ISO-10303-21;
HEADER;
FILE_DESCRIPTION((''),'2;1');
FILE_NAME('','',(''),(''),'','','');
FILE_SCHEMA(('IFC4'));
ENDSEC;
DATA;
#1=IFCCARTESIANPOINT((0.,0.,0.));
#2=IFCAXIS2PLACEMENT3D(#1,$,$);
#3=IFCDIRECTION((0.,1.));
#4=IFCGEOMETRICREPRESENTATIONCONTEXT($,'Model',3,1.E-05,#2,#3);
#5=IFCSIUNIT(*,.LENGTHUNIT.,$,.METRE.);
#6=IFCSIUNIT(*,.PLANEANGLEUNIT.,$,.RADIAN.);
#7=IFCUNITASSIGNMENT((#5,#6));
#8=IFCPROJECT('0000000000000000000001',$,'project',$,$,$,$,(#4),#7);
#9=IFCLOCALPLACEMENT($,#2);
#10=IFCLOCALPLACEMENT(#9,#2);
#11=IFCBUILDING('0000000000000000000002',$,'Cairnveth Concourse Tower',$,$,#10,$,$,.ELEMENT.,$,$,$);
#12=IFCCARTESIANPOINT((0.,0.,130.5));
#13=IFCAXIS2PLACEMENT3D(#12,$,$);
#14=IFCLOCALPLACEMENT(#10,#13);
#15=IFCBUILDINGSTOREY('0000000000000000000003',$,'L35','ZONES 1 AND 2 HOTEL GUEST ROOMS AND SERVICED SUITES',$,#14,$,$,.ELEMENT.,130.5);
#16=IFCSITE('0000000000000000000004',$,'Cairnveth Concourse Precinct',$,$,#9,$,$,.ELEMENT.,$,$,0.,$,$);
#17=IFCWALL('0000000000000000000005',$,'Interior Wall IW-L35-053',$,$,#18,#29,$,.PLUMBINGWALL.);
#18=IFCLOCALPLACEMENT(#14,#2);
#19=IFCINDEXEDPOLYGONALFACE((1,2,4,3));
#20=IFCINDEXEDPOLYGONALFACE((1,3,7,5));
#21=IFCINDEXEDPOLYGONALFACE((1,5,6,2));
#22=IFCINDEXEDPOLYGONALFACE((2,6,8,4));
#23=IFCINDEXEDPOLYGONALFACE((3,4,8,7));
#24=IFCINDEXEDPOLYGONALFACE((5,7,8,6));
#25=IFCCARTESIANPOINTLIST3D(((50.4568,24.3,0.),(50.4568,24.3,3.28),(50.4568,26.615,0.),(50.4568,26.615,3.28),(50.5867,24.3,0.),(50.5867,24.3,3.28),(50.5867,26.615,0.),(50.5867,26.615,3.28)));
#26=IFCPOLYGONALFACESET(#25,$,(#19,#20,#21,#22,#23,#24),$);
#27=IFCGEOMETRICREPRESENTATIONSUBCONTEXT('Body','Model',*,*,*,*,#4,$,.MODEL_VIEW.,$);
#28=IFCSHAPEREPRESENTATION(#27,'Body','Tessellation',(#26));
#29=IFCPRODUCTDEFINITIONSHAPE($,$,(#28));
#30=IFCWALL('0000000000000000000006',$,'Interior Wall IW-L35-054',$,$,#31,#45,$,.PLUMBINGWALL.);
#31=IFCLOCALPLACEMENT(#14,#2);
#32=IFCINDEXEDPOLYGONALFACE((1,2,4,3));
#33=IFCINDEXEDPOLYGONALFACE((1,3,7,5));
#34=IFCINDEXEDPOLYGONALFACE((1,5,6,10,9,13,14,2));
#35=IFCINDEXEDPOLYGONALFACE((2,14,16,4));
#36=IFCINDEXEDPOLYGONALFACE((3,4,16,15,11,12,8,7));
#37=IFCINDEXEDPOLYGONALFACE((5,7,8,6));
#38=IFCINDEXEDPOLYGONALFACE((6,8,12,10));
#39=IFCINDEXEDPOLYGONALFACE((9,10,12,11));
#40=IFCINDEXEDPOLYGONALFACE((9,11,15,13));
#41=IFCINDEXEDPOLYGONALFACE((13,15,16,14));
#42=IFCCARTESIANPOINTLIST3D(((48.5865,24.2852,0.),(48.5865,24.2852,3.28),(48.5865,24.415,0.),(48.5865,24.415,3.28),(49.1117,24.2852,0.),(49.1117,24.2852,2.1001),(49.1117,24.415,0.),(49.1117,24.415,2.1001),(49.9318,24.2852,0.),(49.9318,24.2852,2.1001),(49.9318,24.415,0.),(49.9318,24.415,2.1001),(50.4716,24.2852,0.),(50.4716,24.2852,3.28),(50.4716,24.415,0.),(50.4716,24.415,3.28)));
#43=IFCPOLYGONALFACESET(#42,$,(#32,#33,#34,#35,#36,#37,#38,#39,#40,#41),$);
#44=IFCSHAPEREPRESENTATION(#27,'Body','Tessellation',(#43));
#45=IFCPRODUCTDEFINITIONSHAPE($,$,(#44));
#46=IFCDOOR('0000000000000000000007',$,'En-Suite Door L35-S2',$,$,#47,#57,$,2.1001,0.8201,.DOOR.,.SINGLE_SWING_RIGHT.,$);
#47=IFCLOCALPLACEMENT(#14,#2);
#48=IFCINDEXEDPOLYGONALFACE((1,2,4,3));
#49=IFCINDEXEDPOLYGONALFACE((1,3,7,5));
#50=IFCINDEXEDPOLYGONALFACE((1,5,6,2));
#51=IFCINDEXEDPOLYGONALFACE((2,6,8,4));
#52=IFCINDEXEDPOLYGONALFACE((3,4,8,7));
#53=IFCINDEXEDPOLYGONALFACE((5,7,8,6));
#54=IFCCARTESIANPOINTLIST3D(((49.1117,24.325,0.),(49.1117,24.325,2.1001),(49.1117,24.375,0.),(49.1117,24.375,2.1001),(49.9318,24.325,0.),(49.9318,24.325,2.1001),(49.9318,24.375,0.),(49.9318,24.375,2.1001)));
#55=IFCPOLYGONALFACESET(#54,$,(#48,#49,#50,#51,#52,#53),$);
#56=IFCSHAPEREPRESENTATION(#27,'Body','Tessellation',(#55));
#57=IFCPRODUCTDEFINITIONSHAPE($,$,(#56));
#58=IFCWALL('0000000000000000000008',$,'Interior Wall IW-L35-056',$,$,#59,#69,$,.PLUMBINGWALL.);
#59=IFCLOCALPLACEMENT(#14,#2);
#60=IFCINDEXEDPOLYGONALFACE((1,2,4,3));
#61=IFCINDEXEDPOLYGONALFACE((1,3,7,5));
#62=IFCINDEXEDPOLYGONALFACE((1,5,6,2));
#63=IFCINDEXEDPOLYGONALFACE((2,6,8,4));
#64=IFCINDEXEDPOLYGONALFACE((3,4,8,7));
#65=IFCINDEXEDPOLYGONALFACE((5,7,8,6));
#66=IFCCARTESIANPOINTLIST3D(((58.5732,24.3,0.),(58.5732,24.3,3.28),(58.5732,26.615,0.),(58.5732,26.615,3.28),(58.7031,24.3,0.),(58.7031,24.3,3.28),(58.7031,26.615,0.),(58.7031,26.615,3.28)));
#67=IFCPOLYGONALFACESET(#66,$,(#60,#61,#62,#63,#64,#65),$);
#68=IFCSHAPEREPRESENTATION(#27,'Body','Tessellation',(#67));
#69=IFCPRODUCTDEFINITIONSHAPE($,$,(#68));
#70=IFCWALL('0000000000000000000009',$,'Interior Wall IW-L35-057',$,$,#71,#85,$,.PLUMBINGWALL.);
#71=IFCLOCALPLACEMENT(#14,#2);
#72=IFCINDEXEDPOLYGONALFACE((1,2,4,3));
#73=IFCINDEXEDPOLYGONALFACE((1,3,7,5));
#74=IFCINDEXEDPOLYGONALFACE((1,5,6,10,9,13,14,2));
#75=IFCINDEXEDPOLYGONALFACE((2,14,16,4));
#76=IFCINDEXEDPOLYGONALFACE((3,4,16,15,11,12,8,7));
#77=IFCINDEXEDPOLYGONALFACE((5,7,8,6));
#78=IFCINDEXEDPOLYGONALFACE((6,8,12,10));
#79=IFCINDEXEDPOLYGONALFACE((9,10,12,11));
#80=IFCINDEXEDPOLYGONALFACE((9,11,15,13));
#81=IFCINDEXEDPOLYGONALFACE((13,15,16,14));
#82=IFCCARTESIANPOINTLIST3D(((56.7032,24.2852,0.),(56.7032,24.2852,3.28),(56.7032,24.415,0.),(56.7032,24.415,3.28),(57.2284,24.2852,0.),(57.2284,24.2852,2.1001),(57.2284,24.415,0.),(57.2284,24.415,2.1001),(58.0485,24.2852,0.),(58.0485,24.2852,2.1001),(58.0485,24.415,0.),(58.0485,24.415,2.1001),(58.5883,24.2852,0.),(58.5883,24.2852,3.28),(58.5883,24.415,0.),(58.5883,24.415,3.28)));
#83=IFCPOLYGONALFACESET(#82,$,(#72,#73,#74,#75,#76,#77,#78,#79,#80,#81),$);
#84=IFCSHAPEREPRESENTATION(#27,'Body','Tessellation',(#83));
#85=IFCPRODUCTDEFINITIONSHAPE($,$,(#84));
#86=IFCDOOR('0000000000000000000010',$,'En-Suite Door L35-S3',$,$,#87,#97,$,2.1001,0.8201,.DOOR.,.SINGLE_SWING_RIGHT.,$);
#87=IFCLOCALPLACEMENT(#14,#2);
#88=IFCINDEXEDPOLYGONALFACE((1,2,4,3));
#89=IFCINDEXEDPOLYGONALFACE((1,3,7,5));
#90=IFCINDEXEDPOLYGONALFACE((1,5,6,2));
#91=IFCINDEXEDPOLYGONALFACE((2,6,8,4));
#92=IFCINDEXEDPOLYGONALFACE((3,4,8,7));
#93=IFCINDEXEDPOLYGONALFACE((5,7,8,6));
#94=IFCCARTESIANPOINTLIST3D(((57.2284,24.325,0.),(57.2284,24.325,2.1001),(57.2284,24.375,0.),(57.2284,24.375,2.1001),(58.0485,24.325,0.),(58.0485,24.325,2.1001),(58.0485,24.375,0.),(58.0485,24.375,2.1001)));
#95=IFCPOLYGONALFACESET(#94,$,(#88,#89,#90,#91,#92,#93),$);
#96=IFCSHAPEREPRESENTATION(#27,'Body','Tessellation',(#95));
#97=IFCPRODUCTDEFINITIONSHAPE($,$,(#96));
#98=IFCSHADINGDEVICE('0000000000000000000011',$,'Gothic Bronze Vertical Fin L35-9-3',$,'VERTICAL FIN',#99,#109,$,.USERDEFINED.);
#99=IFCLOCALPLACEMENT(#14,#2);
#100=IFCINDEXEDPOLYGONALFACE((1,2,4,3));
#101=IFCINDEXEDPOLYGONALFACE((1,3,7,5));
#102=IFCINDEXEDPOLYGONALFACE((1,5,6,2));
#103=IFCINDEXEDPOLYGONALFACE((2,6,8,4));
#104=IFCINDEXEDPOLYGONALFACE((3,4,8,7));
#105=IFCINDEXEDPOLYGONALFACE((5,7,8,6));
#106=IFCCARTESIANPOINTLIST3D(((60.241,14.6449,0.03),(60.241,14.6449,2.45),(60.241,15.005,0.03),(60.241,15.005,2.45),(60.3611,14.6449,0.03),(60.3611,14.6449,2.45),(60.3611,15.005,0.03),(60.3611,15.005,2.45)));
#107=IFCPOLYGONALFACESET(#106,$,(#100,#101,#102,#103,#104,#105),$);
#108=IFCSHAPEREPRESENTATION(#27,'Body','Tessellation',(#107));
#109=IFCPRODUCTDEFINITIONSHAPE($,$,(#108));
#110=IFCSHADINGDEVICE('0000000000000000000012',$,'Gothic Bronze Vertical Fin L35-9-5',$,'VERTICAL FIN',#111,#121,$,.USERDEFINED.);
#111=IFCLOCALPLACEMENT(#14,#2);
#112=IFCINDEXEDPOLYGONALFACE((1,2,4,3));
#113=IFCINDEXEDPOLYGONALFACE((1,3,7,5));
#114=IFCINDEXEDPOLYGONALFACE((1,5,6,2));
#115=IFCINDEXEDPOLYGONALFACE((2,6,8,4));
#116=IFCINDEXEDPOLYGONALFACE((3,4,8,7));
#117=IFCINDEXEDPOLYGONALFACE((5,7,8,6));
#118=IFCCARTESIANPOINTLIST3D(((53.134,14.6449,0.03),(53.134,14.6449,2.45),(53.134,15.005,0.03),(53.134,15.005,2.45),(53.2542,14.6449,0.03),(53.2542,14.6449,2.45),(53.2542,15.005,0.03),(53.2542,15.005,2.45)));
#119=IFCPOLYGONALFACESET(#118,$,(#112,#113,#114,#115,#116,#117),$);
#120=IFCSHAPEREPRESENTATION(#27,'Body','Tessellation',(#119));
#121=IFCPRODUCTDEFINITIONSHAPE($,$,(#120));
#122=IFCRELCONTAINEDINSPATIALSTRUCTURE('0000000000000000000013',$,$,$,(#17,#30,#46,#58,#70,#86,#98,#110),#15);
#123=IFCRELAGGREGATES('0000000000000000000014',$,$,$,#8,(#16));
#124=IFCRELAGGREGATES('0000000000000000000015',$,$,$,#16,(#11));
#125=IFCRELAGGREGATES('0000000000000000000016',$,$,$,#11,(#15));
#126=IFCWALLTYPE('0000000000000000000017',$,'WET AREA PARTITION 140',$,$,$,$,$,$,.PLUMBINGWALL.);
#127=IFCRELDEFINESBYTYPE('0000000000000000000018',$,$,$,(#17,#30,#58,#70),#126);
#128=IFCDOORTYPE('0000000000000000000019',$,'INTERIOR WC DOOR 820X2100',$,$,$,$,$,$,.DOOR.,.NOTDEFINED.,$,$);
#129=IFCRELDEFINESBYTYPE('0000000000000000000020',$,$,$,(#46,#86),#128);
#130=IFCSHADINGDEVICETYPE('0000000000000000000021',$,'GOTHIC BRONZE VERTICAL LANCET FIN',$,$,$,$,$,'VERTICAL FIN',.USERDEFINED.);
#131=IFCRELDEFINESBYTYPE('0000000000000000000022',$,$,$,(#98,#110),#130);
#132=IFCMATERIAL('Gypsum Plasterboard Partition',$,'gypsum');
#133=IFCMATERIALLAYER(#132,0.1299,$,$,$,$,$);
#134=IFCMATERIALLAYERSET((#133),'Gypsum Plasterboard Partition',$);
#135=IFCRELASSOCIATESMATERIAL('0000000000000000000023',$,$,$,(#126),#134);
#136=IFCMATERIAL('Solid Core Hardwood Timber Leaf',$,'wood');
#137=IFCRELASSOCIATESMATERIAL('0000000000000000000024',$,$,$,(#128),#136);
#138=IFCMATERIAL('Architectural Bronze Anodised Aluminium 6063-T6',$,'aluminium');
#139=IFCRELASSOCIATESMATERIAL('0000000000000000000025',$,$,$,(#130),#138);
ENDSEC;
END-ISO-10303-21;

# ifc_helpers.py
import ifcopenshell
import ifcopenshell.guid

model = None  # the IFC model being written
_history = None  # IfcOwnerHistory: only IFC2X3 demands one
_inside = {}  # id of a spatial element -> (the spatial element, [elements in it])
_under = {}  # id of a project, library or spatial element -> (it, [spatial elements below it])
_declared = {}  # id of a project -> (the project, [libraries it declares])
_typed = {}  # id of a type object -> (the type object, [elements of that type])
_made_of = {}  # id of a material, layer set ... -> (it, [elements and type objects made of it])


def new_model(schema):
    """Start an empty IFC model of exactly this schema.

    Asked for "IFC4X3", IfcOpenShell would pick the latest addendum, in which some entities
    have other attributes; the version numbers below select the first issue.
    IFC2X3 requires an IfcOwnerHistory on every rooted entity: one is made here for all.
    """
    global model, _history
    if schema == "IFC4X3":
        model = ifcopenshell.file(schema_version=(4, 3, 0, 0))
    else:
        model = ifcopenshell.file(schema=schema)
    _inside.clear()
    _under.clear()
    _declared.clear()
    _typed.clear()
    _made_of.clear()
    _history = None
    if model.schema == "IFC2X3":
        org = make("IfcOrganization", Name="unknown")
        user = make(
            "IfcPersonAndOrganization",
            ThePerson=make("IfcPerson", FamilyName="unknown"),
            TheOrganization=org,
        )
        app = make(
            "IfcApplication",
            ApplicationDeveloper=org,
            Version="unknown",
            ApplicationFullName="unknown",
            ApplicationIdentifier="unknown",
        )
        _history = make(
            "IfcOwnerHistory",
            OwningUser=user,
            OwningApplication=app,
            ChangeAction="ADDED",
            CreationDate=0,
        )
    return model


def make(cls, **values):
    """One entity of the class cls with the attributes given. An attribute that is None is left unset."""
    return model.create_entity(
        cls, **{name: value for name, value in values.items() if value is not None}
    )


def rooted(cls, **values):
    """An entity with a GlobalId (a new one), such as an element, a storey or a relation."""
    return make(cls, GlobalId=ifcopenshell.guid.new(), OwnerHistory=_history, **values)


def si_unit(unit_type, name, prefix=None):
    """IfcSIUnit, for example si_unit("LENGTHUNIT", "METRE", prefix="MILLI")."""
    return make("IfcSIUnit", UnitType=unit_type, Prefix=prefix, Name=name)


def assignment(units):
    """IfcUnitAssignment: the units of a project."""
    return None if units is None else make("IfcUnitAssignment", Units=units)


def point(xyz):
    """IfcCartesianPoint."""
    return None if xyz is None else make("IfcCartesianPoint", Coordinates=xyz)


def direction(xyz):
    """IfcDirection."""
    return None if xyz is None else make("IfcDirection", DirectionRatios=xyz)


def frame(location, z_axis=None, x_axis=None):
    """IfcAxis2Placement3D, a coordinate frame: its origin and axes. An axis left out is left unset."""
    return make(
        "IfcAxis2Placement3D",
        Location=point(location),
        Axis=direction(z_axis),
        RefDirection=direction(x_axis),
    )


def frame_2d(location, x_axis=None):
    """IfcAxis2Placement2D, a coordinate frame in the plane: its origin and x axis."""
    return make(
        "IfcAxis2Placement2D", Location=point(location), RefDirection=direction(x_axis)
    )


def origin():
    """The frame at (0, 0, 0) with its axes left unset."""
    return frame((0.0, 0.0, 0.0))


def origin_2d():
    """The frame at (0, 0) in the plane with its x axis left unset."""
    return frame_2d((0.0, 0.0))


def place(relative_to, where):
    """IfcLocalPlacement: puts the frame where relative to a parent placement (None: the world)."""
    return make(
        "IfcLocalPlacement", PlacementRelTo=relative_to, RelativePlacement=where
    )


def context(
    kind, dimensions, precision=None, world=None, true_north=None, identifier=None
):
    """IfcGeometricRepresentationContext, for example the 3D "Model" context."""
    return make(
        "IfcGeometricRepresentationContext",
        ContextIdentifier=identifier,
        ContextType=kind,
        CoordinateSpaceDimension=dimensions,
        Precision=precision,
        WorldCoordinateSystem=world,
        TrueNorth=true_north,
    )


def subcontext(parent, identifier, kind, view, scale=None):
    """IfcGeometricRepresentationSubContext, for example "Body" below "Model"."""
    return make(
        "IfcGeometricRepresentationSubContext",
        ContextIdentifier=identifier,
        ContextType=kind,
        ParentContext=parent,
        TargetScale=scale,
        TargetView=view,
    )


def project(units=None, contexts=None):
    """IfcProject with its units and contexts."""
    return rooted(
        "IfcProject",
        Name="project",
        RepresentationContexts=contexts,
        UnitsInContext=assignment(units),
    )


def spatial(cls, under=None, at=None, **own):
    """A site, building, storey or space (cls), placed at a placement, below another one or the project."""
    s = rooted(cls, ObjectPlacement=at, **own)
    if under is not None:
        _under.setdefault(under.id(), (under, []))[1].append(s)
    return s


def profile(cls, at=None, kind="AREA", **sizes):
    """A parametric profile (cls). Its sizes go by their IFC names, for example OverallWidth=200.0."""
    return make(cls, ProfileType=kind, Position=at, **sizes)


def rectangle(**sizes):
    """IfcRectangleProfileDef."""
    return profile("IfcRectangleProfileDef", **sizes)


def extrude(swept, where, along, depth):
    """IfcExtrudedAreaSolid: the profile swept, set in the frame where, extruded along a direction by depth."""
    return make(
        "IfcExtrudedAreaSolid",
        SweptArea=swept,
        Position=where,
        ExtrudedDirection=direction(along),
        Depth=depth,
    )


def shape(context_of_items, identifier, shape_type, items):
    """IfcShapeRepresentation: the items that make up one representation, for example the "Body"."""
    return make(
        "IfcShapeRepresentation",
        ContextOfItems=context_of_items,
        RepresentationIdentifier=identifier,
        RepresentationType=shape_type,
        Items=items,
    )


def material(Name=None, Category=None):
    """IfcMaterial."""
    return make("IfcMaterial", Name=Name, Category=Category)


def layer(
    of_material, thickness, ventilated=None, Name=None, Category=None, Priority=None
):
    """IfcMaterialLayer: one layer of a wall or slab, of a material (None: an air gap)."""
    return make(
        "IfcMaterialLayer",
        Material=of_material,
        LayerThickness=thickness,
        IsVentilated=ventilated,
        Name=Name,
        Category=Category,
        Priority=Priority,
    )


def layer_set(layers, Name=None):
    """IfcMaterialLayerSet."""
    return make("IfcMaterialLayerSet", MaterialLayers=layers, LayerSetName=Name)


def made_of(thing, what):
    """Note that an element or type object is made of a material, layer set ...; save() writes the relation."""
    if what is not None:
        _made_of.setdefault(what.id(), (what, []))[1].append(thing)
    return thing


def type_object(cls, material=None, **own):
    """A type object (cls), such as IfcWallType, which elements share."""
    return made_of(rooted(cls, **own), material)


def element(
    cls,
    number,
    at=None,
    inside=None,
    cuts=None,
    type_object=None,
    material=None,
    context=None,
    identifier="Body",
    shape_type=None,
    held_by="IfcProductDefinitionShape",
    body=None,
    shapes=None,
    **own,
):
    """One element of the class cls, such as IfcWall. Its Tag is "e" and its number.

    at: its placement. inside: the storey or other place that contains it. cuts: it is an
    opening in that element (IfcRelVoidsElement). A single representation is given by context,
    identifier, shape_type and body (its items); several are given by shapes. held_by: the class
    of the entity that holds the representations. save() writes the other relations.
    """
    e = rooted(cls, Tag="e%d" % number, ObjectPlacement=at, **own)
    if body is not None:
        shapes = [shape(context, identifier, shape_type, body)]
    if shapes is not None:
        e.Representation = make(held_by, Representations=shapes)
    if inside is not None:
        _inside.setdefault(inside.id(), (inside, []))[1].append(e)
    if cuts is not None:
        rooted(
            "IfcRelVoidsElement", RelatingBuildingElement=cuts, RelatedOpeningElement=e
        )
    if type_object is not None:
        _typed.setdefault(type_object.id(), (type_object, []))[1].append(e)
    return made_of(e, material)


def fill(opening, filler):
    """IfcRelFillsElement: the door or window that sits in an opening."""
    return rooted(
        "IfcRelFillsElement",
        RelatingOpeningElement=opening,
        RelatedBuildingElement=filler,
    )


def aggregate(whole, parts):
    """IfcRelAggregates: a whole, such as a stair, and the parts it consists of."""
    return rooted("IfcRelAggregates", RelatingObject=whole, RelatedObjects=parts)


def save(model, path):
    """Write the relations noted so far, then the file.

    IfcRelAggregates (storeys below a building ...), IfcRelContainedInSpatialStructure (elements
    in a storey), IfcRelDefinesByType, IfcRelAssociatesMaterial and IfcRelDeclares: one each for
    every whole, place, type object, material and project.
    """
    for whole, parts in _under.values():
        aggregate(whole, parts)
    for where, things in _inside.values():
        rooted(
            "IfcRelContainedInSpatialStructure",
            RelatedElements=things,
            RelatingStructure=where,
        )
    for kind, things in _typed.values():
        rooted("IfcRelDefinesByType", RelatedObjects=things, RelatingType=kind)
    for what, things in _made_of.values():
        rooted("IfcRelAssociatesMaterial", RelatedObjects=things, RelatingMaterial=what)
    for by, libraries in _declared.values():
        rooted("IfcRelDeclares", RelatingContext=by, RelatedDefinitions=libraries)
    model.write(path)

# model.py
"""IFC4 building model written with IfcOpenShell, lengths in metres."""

from ifc_helpers import new_model, si_unit, direction, frame, frame_2d, origin, origin_2d, place, context, subcontext, project, spatial, rectangle, extrude, material, layer, layer_set, type_object, element, fill, save


model = new_model("IFC4")

# Units and contexts
model_context = context("Model", 3, precision=1e-05, world=origin(), true_north=direction((0.0, 1.0)))
body_context = subcontext(model_context, "Body", "Model", "MODEL_VIEW")
ifc_project = project(units=[si_unit("LENGTHUNIT", "METRE"), si_unit("PLANEANGLEUNIT", "RADIAN")], contexts=[model_context])

# Site, building, storey
site_placement = place(None, origin())
site = spatial("IfcSite", under=ifc_project, at=site_placement, Name="Cairnveth Concourse Precinct", CompositionType="ELEMENT", RefElevation=0.0)
building_placement = place(site_placement, origin())
building = spatial("IfcBuilding", under=site, at=building_placement, Name="Cairnveth Concourse Tower", CompositionType="ELEMENT")
storey_placement = place(building_placement, frame((0.0, 0.0, 130.5)))
storey = spatial("IfcBuildingStorey", under=building, at=storey_placement, Name="L35", Description="ZONES 1 AND 2 HOTEL GUEST ROOMS AND SERVICED SUITES", CompositionType="ELEMENT", Elevation=130.5)

# Shared definitions
ifc_material_1 = material(Name="Gypsum Plasterboard Partition", Category="gypsum")
ifc_material_2 = material(Name="Solid Core Hardwood Timber Leaf", Category="wood")

# Wall
ifc_layer_1 = layer(ifc_material_1, 0.1299)
ifc_layer_set_1 = layer_set([ifc_layer_1], Name="Gypsum Plasterboard Partition")
wall_type_1 = type_object("IfcWallType", Name="WET AREA PARTITION 140", PredefinedType="PLUMBINGWALL", material=ifc_layer_set_1)
wall_1_placement = place(storey_placement, frame((50.5217, 24.3, 0.0), z_axis=(0.0, 0.0, 1.0), x_axis=(0.0, 1.0, 0.0)))
element("IfcWall", 1, at=wall_1_placement, inside=storey, type_object=wall_type_1, Name="Interior Wall IW-L35-053", PredefinedType="PLUMBINGWALL", context=body_context, shape_type="SweptSolid", body=[
    extrude(rectangle(XDim=2.3149, YDim=0.1299, at=frame_2d((1.1575, 0.0))), origin(), (0.0, 0.0, 1.0), 3.28),
])

# Wall, opening, door
wall_2_placement = place(storey_placement, frame((48.5867, 24.3501, 0.0), z_axis=(0.0, 0.0, 1.0), x_axis=(1.0, 0.0, 0.0)))
wall_2 = element("IfcWall", 2, at=wall_2_placement, inside=storey, type_object=wall_type_1, Name="Interior Wall IW-L35-054", PredefinedType="PLUMBINGWALL", context=body_context, shape_type="SweptSolid", body=[
    extrude(rectangle(XDim=1.885, YDim=0.1299, at=frame_2d((0.9424, 0.0))), origin(), (0.0, 0.0, 1.0), 3.28),
])
opening_1_placement = place(wall_2_placement, frame((0.5249, 0.0, 0.0)))
opening_1 = element("IfcOpeningElement", 3, at=opening_1_placement, cuts=wall_2, PredefinedType="OPENING", context=body_context, shape_type="SweptSolid", body=[
    extrude(rectangle(XDim=0.8201, YDim=2.1001, at=frame_2d((0.4102, 1.05))), frame((0.0, 0.075, 0.0), z_axis=(0.0, -1.0, 0.0), x_axis=(1.0, 0.0, 0.0)), (0.0, 0.0, 1.0), 0.1499),
])
door_type_1 = type_object("IfcDoorType", Name="INTERIOR WC DOOR 820X2100", OperationType="NOTDEFINED", PredefinedType="DOOR", material=ifc_material_2)
door_1_placement = place(opening_1_placement, origin())
door_1 = element("IfcDoor", 4, at=door_1_placement, inside=storey, type_object=door_type_1, Name="En-Suite Door L35-S2", OperationType="SINGLE_SWING_RIGHT", OverallHeight=2.1001, OverallWidth=0.8201, PredefinedType="DOOR", context=body_context, shape_type="SweptSolid", body=[
    extrude(rectangle(XDim=0.8201, YDim=2.1001, at=frame_2d((0.4102, 1.05))), frame((0.0, 0.0249, 0.0), z_axis=(0.0, -1.0, 0.0), x_axis=(1.0, 0.0, 0.0)), (0.0, 0.0, 1.0), 0.05),
])
fill(opening_1, door_1)

# Wall
wall_3_placement = place(storey_placement, frame((58.6382, 24.3, 0.0), z_axis=(0.0, 0.0, 1.0), x_axis=(0.0, 1.0, 0.0)))
element("IfcWall", 5, at=wall_3_placement, inside=storey, type_object=wall_type_1, Name="Interior Wall IW-L35-056", PredefinedType="PLUMBINGWALL", context=body_context, shape_type="SweptSolid", body=[
    extrude(rectangle(XDim=2.3149, YDim=0.1299, at=frame_2d((1.1575, 0.0))), origin(), (0.0, 0.0, 1.0), 3.28),
])

# Wall, opening, door
wall_4_placement = place(storey_placement, frame((56.7034, 24.3501, 0.0), z_axis=(0.0, 0.0, 1.0), x_axis=(1.0, 0.0, 0.0)))
wall_4 = element("IfcWall", 6, at=wall_4_placement, inside=storey, type_object=wall_type_1, Name="Interior Wall IW-L35-057", PredefinedType="PLUMBINGWALL", context=body_context, shape_type="SweptSolid", body=[
    extrude(rectangle(XDim=1.885, YDim=0.1299, at=frame_2d((0.9424, 0.0))), origin(), (0.0, 0.0, 1.0), 3.28),
])
opening_2_placement = place(wall_4_placement, frame((0.5249, 0.0, 0.0)))
opening_2 = element("IfcOpeningElement", 7, at=opening_2_placement, cuts=wall_4, PredefinedType="OPENING", context=body_context, shape_type="SweptSolid", body=[
    extrude(rectangle(XDim=0.8201, YDim=2.1001, at=frame_2d((0.4102, 1.05))), frame((0.0, 0.075, 0.0), z_axis=(0.0, -1.0, 0.0), x_axis=(1.0, 0.0, 0.0)), (0.0, 0.0, 1.0), 0.1499),
])
door_2_placement = place(opening_2_placement, origin())
door_2 = element("IfcDoor", 8, at=door_2_placement, inside=storey, type_object=door_type_1, Name="En-Suite Door L35-S3", OperationType="SINGLE_SWING_RIGHT", OverallHeight=2.1001, OverallWidth=0.8201, PredefinedType="DOOR", context=body_context, shape_type="SweptSolid", body=[
    extrude(rectangle(XDim=0.8201, YDim=2.1001, at=frame_2d((0.4102, 1.05))), frame((0.0, 0.0249, 0.0), z_axis=(0.0, -1.0, 0.0), x_axis=(1.0, 0.0, 0.0)), (0.0, 0.0, 1.0), 0.05),
])
fill(opening_2, door_2)

# Shading devices
ifc_material_3 = material(Name="Architectural Bronze Anodised Aluminium 6063-T6", Category="aluminium")
shading_device_type = type_object("IfcShadingDeviceType", Name="GOTHIC BRONZE VERTICAL LANCET FIN", ElementType="VERTICAL FIN", PredefinedType="USERDEFINED", material=ifc_material_3)
for number, where, z_axis, x_axis, name in (
    (9, (60.301, 14.825, 0.03), (0.0, 0.0, 1.0), (1.0, 0.0, 0.0), "Gothic Bronze Vertical Fin L35-9-3"),
    (10, (53.1941, 14.825, 0.03), (0.0, 0.0, 1.0), (1.0, 0.0, 0.0), "Gothic Bronze Vertical Fin L35-9-5"),
):
    element("IfcShadingDevice", number, at=place(storey_placement, frame(where, z_axis=z_axis, x_axis=x_axis)), inside=storey, type_object=shading_device_type, Name=name, ObjectType="VERTICAL FIN", PredefinedType="USERDEFINED", context=body_context, shape_type="SweptSolid", body=[
        extrude(rectangle(XDim=0.1201, YDim=0.3601, at=origin_2d()), origin(), (0.0, 0.0, 1.0), 2.4199),
    ])

save(model, "model.ifc")
